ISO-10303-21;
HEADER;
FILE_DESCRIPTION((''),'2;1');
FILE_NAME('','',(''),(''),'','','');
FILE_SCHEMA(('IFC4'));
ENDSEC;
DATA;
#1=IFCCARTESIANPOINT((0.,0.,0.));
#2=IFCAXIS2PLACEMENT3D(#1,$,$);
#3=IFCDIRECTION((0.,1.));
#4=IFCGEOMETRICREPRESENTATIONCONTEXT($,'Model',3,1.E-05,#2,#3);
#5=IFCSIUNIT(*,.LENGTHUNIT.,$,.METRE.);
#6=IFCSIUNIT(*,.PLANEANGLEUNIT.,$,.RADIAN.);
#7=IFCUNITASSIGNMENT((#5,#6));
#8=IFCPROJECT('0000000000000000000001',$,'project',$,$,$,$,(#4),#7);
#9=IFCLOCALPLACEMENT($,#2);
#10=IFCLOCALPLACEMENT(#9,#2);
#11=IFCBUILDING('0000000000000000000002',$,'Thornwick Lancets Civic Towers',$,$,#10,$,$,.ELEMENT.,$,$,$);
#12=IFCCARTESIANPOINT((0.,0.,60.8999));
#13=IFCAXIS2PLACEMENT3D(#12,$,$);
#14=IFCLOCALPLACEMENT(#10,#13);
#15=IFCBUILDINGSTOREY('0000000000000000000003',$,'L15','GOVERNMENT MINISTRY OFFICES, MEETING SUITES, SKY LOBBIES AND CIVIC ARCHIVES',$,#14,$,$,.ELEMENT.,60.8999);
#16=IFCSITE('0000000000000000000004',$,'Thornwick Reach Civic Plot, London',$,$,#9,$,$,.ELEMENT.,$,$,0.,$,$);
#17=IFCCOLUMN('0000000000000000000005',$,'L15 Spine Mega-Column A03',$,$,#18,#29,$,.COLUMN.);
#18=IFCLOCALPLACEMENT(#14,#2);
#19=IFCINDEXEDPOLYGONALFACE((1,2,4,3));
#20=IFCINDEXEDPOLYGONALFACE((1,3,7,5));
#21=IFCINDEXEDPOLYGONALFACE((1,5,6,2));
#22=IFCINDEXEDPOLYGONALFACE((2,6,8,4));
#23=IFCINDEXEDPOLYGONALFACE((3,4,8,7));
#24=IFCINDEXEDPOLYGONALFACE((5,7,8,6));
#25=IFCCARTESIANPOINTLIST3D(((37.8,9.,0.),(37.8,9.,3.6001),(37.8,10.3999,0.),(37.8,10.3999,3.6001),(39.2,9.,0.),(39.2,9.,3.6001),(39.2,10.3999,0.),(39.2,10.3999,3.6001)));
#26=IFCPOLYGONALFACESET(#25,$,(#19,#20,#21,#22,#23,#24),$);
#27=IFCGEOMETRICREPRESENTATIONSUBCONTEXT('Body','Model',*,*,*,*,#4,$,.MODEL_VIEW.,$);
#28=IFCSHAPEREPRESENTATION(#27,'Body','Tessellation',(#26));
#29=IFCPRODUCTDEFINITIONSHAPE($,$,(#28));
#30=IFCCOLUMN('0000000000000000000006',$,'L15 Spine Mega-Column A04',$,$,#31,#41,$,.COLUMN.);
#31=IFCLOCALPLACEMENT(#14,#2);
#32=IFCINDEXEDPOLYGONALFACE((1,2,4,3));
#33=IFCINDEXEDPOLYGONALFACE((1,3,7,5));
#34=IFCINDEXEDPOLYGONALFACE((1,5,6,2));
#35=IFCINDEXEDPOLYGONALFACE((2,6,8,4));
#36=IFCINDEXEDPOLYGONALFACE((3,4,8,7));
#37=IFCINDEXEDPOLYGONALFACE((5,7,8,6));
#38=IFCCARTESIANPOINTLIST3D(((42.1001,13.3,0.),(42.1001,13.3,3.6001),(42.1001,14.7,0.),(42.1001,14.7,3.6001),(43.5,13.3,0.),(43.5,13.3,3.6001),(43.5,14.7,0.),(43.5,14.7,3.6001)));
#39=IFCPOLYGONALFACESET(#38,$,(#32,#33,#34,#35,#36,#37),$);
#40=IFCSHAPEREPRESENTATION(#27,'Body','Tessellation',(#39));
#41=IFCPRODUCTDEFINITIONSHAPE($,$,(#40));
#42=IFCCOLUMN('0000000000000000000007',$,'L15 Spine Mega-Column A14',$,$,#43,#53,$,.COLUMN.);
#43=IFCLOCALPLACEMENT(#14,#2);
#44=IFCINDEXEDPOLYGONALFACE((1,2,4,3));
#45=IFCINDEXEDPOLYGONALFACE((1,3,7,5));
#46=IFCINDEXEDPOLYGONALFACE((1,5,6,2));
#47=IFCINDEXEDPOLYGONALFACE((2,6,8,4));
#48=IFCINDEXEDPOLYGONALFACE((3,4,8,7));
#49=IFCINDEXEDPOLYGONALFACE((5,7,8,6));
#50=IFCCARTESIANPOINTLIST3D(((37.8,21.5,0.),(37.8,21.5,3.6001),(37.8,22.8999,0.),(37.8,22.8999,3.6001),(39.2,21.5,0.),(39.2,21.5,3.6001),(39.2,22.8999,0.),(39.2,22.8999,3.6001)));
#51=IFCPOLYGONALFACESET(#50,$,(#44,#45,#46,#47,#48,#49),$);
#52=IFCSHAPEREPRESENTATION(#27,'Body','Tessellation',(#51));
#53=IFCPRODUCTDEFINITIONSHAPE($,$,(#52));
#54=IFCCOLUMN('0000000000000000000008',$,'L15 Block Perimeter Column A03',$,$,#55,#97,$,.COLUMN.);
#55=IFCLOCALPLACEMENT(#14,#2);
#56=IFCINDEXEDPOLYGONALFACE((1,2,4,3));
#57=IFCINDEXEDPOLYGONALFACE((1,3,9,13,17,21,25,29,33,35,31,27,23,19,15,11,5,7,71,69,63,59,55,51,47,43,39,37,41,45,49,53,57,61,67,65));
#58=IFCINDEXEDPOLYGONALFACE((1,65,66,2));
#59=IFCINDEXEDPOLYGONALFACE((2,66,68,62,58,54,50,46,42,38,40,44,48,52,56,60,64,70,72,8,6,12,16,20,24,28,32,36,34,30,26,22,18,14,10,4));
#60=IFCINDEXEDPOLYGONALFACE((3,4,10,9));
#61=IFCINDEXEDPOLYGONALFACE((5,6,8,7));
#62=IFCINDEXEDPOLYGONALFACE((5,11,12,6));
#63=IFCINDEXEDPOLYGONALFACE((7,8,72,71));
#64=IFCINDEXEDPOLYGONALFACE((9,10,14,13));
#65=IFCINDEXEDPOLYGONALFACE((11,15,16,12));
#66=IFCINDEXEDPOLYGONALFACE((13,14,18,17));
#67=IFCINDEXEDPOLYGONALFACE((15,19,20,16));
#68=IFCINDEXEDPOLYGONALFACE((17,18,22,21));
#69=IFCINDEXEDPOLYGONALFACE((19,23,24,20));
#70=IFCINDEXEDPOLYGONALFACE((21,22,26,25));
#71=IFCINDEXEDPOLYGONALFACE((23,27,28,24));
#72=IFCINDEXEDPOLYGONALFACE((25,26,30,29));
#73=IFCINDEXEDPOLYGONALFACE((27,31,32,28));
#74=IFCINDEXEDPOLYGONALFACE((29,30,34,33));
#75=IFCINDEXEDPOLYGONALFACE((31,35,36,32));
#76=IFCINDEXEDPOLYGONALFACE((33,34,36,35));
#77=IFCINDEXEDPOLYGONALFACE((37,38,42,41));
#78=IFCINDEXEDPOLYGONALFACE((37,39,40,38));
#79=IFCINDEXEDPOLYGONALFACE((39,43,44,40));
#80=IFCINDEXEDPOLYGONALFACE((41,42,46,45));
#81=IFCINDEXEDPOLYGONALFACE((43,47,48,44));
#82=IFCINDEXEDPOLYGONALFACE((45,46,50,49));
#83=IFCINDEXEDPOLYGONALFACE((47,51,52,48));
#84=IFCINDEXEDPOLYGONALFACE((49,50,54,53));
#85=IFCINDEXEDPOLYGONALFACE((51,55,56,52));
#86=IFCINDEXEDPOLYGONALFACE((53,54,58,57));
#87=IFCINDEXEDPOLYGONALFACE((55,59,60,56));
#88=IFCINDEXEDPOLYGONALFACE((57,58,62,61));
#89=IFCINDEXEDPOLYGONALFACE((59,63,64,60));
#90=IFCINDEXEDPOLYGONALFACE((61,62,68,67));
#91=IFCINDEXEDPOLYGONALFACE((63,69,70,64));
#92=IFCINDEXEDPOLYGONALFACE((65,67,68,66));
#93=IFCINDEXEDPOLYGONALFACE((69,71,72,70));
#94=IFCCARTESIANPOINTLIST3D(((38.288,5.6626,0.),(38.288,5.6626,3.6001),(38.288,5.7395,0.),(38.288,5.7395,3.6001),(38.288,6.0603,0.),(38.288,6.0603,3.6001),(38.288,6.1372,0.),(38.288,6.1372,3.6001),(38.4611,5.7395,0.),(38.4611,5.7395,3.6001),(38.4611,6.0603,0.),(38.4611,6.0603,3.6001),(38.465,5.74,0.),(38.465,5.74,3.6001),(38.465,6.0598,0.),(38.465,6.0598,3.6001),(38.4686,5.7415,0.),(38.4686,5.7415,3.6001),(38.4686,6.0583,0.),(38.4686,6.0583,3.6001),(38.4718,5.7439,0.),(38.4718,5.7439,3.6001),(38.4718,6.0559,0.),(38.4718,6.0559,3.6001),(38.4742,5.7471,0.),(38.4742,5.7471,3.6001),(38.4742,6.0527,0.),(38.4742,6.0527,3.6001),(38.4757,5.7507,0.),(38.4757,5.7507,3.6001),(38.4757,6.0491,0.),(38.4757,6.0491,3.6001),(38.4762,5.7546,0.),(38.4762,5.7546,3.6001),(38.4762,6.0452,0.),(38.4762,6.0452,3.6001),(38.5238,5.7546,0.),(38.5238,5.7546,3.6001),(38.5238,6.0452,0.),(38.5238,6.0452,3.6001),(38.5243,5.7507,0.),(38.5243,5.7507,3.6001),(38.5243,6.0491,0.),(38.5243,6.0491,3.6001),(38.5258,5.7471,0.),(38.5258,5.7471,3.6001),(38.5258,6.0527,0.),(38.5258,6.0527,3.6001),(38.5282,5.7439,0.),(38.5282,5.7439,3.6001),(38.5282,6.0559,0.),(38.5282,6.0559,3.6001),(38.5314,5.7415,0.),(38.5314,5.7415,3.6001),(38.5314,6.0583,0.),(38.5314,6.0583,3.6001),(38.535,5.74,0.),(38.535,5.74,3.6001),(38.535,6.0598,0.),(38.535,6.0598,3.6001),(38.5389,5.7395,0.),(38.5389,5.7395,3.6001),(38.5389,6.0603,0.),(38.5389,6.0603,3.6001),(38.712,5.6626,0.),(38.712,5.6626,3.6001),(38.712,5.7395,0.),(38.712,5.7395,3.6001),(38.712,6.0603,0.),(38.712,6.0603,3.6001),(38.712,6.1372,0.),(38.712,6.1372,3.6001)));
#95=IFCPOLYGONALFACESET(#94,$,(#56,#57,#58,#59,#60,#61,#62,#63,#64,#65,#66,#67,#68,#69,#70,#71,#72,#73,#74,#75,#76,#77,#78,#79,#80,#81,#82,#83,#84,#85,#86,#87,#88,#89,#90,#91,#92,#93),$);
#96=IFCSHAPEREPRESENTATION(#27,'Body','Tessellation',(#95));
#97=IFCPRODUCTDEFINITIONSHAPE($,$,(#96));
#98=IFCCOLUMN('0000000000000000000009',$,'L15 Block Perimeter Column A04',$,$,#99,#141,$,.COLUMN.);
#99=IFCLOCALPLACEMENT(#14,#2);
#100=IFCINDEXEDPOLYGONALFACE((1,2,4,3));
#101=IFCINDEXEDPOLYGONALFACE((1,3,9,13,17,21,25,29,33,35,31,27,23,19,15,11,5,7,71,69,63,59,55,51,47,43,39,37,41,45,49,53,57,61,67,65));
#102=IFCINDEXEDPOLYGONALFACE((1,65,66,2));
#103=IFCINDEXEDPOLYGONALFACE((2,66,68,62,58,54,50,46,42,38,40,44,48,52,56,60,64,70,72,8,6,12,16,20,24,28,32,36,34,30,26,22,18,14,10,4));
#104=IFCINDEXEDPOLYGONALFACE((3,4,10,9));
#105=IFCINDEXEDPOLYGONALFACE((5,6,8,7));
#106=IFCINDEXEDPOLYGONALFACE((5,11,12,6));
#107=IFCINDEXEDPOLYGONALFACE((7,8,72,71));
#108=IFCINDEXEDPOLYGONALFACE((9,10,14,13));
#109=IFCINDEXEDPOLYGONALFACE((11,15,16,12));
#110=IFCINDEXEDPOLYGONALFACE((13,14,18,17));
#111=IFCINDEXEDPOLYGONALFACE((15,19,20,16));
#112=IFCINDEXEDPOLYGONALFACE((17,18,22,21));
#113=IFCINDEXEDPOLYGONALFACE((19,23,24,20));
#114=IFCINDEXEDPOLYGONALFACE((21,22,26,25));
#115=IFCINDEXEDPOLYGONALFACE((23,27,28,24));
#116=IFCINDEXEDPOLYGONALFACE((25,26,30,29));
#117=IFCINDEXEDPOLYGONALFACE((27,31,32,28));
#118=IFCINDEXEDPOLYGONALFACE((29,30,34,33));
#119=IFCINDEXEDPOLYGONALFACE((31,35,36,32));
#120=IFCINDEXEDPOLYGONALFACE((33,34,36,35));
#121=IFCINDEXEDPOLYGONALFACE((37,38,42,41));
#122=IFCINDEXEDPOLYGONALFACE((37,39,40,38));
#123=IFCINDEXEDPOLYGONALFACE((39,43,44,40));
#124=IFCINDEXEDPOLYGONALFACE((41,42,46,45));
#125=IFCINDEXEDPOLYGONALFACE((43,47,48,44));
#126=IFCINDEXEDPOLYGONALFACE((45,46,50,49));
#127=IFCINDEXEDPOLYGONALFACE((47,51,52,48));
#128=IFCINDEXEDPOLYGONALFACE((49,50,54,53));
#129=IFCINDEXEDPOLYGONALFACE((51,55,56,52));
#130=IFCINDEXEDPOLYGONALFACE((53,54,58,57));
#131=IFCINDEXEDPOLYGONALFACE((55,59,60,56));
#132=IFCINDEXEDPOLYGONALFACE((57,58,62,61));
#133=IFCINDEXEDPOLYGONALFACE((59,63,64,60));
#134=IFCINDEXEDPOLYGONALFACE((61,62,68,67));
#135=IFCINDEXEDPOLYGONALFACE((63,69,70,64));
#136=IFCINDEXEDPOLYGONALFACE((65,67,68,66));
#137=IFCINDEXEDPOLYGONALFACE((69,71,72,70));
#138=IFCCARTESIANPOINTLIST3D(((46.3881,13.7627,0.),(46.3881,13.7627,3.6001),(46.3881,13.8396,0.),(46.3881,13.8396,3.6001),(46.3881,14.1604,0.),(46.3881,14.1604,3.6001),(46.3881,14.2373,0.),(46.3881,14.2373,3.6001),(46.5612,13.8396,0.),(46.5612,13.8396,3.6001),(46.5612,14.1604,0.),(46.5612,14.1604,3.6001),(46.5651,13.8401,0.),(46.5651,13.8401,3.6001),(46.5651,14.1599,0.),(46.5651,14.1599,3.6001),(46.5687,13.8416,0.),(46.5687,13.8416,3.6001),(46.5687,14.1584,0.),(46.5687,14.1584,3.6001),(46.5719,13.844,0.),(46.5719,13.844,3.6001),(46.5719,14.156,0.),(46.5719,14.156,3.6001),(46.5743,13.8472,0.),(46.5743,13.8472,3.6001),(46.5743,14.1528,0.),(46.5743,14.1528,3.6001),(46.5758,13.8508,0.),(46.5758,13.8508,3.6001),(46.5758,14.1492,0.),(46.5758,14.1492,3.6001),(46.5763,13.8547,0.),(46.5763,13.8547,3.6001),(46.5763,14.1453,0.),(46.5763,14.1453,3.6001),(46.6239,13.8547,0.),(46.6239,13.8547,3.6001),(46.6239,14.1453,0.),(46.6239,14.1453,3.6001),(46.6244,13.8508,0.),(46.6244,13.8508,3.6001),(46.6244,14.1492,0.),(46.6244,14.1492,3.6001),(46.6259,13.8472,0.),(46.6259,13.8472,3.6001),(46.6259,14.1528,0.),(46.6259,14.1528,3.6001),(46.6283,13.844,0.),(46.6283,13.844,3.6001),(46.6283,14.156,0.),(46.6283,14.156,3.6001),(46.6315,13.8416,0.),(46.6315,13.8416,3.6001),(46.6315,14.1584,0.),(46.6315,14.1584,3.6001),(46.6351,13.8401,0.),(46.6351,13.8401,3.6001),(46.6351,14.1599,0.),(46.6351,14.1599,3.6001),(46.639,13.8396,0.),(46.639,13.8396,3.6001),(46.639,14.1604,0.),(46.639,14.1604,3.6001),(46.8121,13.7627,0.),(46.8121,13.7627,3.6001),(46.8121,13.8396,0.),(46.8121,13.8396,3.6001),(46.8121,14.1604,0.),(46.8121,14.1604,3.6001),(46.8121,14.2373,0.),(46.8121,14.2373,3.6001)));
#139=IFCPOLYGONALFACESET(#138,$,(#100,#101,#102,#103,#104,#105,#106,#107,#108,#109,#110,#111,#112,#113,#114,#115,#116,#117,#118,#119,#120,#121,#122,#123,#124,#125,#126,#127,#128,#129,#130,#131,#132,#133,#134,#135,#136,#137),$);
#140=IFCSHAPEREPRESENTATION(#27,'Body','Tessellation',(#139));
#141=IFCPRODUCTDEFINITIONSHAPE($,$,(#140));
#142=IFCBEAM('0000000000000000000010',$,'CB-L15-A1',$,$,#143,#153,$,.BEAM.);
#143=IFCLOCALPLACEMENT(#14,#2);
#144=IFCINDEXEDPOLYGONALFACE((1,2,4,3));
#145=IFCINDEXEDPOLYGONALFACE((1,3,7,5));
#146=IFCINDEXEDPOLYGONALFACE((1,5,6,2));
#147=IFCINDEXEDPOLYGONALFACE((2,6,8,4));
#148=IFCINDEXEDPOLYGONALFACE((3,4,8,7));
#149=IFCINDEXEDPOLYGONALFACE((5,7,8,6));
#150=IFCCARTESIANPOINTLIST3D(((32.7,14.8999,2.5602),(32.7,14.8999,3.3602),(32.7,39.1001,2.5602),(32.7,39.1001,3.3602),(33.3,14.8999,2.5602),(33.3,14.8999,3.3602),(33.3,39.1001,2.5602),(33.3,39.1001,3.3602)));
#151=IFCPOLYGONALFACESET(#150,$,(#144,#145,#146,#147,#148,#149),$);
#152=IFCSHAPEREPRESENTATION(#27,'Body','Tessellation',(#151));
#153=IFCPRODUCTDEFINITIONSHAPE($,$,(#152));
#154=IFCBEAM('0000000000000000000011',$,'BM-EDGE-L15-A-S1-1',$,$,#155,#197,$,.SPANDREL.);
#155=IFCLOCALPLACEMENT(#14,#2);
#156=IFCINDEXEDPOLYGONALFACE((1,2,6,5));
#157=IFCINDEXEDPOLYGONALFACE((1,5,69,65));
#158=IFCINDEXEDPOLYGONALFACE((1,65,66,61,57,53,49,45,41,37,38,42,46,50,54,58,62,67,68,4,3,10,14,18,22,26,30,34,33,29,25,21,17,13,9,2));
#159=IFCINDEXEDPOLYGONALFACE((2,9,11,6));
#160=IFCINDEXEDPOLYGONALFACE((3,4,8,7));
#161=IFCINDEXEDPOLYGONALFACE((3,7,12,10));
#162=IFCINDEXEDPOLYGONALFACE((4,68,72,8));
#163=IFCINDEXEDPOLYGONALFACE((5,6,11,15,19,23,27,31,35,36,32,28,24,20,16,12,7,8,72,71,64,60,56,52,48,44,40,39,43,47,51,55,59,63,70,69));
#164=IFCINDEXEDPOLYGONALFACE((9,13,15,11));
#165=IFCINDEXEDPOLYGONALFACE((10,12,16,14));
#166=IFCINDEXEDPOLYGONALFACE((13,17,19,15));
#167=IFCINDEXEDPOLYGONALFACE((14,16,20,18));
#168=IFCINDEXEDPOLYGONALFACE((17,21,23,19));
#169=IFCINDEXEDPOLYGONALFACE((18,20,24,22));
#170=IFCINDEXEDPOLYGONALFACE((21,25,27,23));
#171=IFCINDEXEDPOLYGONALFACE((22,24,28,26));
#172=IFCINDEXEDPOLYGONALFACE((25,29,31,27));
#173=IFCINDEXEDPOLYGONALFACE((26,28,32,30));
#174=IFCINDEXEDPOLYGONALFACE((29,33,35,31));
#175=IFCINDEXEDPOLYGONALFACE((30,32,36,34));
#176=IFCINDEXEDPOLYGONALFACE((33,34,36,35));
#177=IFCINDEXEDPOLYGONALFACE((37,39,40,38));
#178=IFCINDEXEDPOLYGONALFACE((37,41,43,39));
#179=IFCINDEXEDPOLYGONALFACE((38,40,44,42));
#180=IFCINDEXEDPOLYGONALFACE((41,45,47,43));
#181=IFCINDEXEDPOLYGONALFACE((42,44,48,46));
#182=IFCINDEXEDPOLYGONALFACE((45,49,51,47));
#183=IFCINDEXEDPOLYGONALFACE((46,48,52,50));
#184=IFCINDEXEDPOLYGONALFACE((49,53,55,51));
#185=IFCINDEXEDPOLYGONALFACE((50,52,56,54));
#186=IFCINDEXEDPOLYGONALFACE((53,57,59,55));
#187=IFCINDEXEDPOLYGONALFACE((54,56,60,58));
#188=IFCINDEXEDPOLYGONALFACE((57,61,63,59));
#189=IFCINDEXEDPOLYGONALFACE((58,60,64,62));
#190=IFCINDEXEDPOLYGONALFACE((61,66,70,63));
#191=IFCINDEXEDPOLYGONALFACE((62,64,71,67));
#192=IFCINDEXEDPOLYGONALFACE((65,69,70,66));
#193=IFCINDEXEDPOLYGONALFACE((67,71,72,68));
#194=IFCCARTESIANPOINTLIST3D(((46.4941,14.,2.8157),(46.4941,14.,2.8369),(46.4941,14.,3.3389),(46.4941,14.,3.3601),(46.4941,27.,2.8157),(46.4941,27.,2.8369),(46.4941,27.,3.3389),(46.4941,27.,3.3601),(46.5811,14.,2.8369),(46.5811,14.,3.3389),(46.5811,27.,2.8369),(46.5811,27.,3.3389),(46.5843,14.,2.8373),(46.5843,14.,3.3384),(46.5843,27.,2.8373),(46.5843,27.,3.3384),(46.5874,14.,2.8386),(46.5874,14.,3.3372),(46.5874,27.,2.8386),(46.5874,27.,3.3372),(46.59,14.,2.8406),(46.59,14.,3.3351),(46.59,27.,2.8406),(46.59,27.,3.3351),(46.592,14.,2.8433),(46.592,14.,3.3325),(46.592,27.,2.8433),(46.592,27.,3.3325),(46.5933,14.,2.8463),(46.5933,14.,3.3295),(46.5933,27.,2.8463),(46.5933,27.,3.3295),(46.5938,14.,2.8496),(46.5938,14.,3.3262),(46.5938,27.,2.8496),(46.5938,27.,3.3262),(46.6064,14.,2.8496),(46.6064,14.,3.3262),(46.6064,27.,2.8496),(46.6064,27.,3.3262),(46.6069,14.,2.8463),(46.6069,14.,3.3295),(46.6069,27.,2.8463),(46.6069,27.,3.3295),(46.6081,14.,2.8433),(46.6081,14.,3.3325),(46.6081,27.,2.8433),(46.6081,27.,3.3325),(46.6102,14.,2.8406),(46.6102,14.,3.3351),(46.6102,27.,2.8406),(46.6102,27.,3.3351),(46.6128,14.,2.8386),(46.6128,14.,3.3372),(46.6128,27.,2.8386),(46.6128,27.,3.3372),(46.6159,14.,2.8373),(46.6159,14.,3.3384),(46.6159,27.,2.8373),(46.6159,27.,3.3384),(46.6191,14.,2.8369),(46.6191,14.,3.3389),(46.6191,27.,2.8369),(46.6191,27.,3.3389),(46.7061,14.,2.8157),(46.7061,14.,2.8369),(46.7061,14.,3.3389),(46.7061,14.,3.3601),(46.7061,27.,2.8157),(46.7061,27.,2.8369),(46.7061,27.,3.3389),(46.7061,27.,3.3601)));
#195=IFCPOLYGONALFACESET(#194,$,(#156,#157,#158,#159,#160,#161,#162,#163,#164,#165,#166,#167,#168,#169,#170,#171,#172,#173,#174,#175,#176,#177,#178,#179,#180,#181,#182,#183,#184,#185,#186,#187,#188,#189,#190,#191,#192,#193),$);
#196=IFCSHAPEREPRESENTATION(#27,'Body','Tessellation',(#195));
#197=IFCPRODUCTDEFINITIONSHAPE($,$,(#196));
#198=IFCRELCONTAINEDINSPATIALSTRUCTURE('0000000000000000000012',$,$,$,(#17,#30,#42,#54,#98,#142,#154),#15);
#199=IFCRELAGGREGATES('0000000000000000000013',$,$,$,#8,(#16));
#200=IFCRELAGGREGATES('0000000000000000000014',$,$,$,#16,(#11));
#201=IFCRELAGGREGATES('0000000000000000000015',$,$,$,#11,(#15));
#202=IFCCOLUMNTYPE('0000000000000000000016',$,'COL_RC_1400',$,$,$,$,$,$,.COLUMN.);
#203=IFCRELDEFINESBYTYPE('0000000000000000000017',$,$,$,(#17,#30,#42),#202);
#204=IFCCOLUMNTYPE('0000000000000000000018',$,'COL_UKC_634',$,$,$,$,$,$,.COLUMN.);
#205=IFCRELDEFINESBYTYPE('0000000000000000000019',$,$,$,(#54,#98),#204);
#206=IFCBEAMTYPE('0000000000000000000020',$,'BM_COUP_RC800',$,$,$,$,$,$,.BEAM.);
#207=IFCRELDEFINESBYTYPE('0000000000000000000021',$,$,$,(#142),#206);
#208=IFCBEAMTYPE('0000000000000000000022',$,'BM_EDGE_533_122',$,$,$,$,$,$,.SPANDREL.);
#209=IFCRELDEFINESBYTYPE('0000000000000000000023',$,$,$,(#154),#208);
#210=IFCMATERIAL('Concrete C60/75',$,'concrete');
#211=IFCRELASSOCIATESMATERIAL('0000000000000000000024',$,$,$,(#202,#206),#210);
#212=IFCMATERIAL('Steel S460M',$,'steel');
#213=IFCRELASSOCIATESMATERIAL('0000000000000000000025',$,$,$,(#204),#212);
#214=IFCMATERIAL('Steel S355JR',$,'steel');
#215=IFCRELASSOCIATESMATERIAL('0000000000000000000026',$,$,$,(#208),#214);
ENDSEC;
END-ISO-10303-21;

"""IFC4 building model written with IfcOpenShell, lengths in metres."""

from ifc_helpers import new_model, si_unit, direction, frame, origin, origin_2d, place, context, subcontext, project, spatial, rectangle, i_section, extrude, material, material_profile, profile_set, type_object, element, save


model = new_model("IFC4")

# Units and contexts
model_context = context("Model", 3, precision=1e-05, world=origin(), true_north=direction((0.0, 1.0)))
body_context = subcontext(model_context, "Body", "Model", "MODEL_VIEW")
ifc_project = project(units=[si_unit("LENGTHUNIT", "METRE"), si_unit("PLANEANGLEUNIT", "RADIAN")], contexts=[model_context])

# Site, building, storey
site_placement = place(None, origin())
site = spatial("IfcSite", under=ifc_project, at=site_placement, Name="Thornwick Reach Civic Plot, London", CompositionType="ELEMENT", RefElevation=0.0)
building_placement = place(site_placement, origin())
building = spatial("IfcBuilding", under=site, at=building_placement, Name="Thornwick Lancets Civic Towers", CompositionType="ELEMENT")
storey_placement = place(building_placement, frame((0.0, 0.0, 60.8999)))
storey = spatial("IfcBuildingStorey", under=building, at=storey_placement, Name="L15", Description="GOVERNMENT MINISTRY OFFICES, MEETING SUITES, SKY LOBBIES AND CIVIC ARCHIVES", CompositionType="ELEMENT", Elevation=60.8999)

# Columns
ifc_material_1 = material(Name="Concrete C60/75", Category="concrete")
ifc_material_profile_1 = material_profile(ifc_material_1, rectangle(XDim=1.3999, YDim=1.3999, at=origin_2d()), Name="RC 1400x1400")
ifc_profile_set_1 = profile_set([ifc_material_profile_1], Name="Concrete C60/75")
column_type_1 = type_object("IfcColumnType", Name="COL_RC_1400", PredefinedType="COLUMN", material=ifc_profile_set_1)
for number, where, z_axis, x_axis, name in (
    (1, (38.5, 9.7, 0.0), (0.0, 0.0, 1.0), (1.0, 0.0, 0.0), "L15 Spine Mega-Column A03"),
    (2, (42.8, 14.0, 0.0), (0.0, 0.0, 1.0), (1.0, 0.0, 0.0), "L15 Spine Mega-Column A04"),
    (3, (38.5, 22.2, 0.0), (0.0, 0.0, 1.0), (1.0, 0.0, 0.0), "L15 Spine Mega-Column A14"),
):
    element("IfcColumn", number, at=place(storey_placement, frame(where, z_axis=z_axis, x_axis=x_axis)), inside=storey, type_object=column_type_1, Name=name, PredefinedType="COLUMN", context=body_context, shape_type="SweptSolid", body=[
        extrude(rectangle(XDim=1.3999, YDim=1.3999, at=origin_2d()), origin(), (0.0, 0.0, 1.0), 3.6001),
    ])
ifc_material_2 = material(Name="Steel S460M", Category="steel")
ifc_material_profile_2 = material_profile(ifc_material_2, i_section(OverallWidth=0.4241, OverallDepth=0.4746, WebThickness=0.0476, FlangeThickness=0.0769, FilletRadius=0.0151, at=origin_2d()), Name="UKC 356x406x634")
ifc_profile_set_2 = profile_set([ifc_material_profile_2], Name="Steel S460M")
column_type_2 = type_object("IfcColumnType", Name="COL_UKC_634", PredefinedType="COLUMN", material=ifc_profile_set_2)
for number, where, z_axis, x_axis, name in (
    (4, (38.5, 5.8999, 0.0), (0.0, 0.0, 1.0), (1.0, 0.0, 0.0), "L15 Block Perimeter Column A03"),
    (5, (46.6001, 14.0, 0.0), (0.0, 0.0, 1.0), (1.0, 0.0, 0.0), "L15 Block Perimeter Column A04"),
):
    element("IfcColumn", number, at=place(storey_placement, frame(where, z_axis=z_axis, x_axis=x_axis)), inside=storey, type_object=column_type_2, Name=name, PredefinedType="COLUMN", context=body_context, shape_type="SweptSolid", body=[
        extrude(i_section(OverallWidth=0.4241, OverallDepth=0.4746, WebThickness=0.0476, FlangeThickness=0.0769, FilletRadius=0.0151, at=origin_2d()), origin(), (0.0, 0.0, 1.0), 3.6001),
    ])

# Beams
ifc_material_profile_3 = material_profile(ifc_material_1, rectangle(XDim=0.6001, YDim=0.8, at=origin_2d()), Name="RC 600x800")
ifc_profile_set_3 = profile_set([ifc_material_profile_3], Name="Concrete C60/75")
beam_type_1 = type_object("IfcBeamType", Name="BM_COUP_RC800", PredefinedType="BEAM", material=ifc_profile_set_3)
beam_1_placement = place(storey_placement, frame((33.0, 14.8999, 2.9602), z_axis=(0.0, 1.0, 0.0), x_axis=(-1.0, 0.0, 0.0)))
element("IfcBeam", 6, at=beam_1_placement, inside=storey, type_object=beam_type_1, Name="CB-L15-A1", PredefinedType="BEAM", context=body_context, shape_type="SweptSolid", body=[
    extrude(rectangle(XDim=0.6001, YDim=0.8, at=origin_2d()), origin(), (0.0, 0.0, 1.0), 24.2002),
])
ifc_material_3 = material(Name="Steel S355JR", Category="steel")
ifc_material_profile_4 = material_profile(ifc_material_3, i_section(OverallWidth=0.2119, OverallDepth=0.5444, WebThickness=0.0127, FlangeThickness=0.0212, FilletRadius=0.0127, at=origin_2d()), Name="UKB 533x210x122")
ifc_profile_set_4 = profile_set([ifc_material_profile_4], Name="Steel S355JR")
beam_type_2 = type_object("IfcBeamType", Name="BM_EDGE_533_122", PredefinedType="SPANDREL", material=ifc_profile_set_4)
beam_2_placement = place(storey_placement, frame((46.6001, 14.0, 3.0879), z_axis=(0.0, 1.0, 0.0), x_axis=(-1.0, 0.0, 0.0)))
element("IfcBeam", 7, at=beam_2_placement, inside=storey, type_object=beam_type_2, Name="BM-EDGE-L15-A-S1-1", PredefinedType="SPANDREL", context=body_context, shape_type="SweptSolid", body=[
    extrude(i_section(OverallWidth=0.2119, OverallDepth=0.5444, WebThickness=0.0127, FlangeThickness=0.0212, FilletRadius=0.0127, at=origin_2d()), origin(), (0.0, 0.0, 1.0), 13.0),
])

save(model, "model.ifc")
